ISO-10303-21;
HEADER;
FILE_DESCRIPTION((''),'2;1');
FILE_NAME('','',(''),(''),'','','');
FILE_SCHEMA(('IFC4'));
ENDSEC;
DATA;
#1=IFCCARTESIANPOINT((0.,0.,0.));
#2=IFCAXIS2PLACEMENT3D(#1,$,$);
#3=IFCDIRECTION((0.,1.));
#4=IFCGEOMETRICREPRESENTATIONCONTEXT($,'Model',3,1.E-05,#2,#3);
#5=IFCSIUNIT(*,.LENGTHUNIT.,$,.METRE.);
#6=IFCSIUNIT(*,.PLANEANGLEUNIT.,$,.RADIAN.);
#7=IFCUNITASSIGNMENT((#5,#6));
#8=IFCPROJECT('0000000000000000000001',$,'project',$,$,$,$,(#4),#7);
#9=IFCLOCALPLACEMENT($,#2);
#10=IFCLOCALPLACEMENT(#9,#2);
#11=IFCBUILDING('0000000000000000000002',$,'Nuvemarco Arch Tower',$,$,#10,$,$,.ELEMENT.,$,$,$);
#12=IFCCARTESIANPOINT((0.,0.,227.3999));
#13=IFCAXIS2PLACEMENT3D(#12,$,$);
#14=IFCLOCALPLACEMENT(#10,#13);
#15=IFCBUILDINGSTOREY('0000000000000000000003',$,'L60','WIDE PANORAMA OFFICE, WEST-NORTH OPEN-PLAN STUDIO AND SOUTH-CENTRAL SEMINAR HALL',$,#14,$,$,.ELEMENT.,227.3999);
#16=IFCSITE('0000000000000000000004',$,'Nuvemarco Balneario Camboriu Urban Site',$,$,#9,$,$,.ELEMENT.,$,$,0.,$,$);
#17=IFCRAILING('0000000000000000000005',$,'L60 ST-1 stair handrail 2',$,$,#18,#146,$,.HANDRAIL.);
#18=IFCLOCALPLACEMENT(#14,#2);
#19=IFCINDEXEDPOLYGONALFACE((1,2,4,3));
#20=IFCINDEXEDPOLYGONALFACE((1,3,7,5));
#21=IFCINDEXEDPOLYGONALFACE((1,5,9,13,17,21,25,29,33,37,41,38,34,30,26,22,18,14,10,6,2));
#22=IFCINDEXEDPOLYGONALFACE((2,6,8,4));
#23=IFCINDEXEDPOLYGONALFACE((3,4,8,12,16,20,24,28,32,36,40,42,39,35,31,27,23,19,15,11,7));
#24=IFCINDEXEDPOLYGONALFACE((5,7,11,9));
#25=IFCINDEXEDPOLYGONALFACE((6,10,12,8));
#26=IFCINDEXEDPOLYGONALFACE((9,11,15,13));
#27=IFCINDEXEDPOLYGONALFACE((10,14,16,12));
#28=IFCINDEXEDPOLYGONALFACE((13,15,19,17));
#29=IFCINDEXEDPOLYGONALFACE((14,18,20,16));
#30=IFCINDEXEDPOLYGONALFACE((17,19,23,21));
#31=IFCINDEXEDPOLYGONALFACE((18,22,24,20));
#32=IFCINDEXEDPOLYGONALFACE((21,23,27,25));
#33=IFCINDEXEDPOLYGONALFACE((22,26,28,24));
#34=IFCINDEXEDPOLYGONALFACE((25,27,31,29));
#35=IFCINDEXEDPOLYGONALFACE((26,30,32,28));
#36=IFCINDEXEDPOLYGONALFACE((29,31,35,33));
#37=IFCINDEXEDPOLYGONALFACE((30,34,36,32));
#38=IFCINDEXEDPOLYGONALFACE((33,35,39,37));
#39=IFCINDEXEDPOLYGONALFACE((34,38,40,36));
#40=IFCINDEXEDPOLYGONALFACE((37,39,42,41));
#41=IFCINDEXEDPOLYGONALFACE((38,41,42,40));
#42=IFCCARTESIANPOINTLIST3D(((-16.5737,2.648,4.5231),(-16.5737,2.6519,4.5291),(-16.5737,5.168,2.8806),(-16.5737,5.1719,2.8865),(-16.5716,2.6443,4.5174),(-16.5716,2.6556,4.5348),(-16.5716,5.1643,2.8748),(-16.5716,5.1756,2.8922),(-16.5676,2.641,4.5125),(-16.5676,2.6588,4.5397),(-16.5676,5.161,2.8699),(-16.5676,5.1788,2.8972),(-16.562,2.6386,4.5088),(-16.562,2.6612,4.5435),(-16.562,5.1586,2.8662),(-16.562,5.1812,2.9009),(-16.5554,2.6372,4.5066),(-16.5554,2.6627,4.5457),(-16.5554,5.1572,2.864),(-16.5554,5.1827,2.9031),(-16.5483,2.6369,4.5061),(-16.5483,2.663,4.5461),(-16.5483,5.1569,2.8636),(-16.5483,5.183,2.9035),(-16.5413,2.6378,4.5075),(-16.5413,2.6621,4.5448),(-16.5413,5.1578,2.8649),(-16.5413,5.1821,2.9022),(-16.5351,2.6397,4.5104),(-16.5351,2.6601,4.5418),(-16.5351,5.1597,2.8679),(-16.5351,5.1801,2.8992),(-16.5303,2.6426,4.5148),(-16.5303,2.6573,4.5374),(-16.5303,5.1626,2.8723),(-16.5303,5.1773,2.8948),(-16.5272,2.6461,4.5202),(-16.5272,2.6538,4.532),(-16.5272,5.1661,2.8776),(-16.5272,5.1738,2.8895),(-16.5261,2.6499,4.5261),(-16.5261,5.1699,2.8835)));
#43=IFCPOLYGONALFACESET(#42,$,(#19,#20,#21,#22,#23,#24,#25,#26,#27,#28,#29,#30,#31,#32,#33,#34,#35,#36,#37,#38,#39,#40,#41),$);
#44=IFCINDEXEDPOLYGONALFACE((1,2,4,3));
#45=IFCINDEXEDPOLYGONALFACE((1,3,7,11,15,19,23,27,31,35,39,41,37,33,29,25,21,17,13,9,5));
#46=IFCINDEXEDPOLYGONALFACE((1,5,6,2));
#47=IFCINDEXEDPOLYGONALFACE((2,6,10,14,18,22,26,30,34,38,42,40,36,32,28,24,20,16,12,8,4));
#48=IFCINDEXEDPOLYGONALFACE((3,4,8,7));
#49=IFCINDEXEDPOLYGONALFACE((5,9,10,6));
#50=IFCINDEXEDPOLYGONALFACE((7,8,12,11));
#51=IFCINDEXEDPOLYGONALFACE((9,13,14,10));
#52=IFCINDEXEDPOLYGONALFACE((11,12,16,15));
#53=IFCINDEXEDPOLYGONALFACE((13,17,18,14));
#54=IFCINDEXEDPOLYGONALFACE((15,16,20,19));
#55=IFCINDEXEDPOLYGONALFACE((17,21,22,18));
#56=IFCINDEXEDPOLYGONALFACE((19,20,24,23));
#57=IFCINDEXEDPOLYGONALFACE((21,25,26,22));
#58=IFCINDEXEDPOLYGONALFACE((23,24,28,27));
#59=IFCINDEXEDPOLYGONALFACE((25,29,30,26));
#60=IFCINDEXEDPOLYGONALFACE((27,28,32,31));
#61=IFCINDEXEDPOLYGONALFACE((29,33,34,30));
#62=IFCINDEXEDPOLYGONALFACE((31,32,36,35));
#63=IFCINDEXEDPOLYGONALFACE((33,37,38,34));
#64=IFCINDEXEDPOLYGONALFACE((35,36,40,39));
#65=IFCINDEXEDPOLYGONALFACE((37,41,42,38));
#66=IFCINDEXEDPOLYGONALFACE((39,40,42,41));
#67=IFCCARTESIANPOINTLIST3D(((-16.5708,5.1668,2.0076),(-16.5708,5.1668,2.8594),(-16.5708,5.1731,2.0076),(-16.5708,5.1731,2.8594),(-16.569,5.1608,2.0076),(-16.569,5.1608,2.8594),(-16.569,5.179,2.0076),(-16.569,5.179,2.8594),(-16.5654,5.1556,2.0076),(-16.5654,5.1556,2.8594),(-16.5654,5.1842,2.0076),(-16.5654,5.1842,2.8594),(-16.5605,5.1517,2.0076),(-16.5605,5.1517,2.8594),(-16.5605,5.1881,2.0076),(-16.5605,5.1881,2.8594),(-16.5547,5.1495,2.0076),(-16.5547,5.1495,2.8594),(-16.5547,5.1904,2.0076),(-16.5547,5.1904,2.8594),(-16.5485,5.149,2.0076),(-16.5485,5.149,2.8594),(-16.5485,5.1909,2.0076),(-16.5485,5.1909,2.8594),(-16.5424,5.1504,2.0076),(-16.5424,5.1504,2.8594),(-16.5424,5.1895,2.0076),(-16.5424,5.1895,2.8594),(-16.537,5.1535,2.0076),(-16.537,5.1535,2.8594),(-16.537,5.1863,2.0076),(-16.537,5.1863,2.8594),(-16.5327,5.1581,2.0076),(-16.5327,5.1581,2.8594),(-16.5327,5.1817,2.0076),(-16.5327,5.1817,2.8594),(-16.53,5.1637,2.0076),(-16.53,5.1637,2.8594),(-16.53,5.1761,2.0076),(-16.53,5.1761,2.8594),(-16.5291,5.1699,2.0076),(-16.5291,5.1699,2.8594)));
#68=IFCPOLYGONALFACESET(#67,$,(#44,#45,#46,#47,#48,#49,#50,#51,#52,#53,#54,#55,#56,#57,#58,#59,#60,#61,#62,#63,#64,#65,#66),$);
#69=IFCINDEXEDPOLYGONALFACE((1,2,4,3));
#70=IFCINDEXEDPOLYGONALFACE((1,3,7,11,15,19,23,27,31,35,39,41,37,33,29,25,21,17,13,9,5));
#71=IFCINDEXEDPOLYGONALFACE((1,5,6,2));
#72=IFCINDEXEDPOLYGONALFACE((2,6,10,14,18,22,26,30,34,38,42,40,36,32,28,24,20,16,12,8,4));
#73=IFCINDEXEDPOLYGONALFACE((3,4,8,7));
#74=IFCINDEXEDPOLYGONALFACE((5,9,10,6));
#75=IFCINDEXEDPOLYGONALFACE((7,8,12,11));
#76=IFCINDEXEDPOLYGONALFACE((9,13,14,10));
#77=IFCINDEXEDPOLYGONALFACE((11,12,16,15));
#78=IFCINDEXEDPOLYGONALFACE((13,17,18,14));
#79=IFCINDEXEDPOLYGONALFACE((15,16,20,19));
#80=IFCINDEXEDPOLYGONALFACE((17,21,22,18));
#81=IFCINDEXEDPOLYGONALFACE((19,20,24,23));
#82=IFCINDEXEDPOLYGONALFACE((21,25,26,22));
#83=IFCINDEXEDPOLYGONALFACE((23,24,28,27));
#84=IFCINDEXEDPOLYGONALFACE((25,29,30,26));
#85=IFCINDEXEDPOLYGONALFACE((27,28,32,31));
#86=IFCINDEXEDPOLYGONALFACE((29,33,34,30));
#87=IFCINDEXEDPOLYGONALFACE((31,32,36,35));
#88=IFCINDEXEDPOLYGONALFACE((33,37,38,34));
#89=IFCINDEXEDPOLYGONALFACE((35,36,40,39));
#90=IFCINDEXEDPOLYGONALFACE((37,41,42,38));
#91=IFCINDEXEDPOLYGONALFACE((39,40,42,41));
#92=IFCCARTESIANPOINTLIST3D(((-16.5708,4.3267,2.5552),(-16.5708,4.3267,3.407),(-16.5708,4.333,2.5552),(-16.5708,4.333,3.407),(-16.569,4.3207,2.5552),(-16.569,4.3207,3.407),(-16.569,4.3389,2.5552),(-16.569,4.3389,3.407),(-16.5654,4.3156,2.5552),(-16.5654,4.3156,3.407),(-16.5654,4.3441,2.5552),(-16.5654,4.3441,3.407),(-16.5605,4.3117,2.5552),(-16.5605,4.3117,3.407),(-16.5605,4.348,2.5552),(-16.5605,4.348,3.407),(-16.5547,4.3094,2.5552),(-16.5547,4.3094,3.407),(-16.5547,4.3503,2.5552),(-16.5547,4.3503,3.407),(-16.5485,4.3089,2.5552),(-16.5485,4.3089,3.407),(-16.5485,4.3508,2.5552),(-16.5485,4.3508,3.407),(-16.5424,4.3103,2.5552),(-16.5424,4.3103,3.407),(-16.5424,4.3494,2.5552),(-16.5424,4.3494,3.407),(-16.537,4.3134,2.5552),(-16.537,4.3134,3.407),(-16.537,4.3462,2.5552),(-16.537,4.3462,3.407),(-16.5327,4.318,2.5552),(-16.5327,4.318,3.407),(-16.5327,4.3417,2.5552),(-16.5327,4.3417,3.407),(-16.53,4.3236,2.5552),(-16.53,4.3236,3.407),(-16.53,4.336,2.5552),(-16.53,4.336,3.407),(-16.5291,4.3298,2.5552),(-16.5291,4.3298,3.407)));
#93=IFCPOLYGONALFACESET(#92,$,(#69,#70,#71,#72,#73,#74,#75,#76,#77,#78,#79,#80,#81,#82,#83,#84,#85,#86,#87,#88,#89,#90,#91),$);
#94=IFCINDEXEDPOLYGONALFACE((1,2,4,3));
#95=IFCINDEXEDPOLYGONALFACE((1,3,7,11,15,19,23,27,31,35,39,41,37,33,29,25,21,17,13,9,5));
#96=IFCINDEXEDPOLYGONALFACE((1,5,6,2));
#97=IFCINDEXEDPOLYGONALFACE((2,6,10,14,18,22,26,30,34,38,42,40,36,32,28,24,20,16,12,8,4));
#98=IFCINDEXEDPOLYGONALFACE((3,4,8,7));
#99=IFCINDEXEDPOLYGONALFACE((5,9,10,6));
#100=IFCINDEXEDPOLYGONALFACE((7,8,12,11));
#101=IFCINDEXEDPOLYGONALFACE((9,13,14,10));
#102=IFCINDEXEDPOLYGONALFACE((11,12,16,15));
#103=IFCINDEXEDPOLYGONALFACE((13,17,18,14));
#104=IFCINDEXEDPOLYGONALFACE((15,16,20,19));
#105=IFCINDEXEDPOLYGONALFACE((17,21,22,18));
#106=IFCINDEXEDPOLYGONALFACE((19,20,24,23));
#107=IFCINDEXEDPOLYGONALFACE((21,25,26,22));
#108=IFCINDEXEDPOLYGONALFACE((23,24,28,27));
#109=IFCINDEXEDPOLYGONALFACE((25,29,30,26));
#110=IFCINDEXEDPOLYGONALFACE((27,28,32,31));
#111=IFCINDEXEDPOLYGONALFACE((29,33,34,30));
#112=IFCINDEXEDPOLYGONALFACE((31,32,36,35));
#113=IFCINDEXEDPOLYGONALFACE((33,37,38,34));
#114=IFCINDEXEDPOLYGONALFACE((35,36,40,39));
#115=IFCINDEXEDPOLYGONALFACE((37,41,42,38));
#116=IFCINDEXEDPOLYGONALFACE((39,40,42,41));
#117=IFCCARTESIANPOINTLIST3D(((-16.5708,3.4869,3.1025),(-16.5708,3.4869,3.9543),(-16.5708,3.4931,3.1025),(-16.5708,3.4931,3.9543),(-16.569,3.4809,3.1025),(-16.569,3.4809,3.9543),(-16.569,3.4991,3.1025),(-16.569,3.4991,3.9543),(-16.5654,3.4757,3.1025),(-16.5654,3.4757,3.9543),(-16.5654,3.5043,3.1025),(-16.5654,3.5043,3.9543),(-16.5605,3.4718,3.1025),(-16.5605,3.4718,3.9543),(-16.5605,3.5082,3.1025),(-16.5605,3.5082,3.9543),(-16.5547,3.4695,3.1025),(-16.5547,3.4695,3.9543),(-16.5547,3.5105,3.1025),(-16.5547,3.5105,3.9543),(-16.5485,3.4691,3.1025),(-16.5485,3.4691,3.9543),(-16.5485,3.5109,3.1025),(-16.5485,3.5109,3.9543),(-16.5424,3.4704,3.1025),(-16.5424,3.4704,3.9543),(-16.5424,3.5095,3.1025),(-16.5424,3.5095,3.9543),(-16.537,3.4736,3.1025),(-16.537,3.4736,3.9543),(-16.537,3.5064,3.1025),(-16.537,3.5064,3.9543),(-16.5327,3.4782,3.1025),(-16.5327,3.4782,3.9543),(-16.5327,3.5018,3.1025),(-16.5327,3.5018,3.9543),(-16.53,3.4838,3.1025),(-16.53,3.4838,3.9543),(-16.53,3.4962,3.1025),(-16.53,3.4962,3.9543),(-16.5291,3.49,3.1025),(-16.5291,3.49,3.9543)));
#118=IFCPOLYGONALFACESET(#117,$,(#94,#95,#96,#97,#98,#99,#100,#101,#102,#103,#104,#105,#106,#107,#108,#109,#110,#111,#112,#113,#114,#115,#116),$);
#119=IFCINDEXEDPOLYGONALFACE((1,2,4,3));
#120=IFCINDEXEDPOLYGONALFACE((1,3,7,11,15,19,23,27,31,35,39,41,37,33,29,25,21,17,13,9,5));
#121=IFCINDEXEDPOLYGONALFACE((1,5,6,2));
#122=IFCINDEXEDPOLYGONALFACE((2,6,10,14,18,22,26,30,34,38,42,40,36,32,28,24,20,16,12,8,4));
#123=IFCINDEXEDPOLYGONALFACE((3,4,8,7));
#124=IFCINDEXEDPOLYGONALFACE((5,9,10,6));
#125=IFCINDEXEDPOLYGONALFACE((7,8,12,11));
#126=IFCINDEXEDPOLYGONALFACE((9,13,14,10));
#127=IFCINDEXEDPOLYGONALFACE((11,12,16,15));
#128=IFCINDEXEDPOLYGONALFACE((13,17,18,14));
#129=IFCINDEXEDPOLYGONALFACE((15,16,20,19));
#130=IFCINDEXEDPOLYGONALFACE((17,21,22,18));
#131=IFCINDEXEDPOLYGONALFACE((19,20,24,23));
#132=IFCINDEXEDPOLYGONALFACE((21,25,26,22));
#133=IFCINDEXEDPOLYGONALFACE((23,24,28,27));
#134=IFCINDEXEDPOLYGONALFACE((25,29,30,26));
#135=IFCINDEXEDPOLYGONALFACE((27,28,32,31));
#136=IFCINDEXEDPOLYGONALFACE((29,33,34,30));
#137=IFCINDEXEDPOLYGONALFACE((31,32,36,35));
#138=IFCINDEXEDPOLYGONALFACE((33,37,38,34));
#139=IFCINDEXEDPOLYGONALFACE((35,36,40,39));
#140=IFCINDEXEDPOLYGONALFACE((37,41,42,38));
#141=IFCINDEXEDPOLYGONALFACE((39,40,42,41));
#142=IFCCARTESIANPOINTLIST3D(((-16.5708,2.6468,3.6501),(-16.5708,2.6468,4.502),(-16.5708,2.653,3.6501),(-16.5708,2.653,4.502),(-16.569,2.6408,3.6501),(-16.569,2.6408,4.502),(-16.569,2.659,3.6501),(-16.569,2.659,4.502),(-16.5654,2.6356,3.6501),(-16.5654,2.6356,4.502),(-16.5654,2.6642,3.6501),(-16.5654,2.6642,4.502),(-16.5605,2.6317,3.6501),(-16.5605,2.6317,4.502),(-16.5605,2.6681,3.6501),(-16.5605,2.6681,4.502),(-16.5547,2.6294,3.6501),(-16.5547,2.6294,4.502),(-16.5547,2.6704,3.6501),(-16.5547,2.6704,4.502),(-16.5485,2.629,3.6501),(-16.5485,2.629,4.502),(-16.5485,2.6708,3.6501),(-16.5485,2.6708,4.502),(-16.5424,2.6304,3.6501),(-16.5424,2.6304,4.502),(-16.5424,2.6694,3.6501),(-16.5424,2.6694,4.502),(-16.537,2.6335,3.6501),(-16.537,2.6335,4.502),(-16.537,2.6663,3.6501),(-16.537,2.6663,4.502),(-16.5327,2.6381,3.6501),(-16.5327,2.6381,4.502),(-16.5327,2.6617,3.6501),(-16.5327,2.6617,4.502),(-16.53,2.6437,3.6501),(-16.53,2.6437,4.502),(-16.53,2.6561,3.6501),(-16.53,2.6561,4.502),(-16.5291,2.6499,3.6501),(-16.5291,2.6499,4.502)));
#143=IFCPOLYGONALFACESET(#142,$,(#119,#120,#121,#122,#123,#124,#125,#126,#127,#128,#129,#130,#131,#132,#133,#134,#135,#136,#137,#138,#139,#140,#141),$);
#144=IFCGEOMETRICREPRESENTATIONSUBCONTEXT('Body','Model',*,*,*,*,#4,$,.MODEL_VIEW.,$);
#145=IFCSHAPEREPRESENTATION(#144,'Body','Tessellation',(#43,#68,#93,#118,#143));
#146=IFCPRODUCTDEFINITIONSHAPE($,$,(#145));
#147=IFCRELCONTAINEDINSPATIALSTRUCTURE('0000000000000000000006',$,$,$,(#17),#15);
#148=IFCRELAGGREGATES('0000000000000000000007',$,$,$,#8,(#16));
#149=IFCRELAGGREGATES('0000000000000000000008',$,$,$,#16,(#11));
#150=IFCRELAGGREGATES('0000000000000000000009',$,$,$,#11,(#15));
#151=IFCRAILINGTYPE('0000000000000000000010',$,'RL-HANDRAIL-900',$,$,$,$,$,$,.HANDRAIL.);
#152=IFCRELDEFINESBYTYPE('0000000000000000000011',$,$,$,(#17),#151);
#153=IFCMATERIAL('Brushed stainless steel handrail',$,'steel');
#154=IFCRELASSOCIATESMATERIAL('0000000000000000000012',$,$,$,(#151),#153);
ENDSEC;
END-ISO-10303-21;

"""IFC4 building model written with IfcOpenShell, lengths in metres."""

from ifc_helpers import new_model, si_unit, direction, frame, origin, origin_2d, place, context, subcontext, project, spatial, circle, extrude, material, type_object, element, save


model = new_model("IFC4")

# Units and contexts
model_context = context("Model", 3, precision=1e-05, world=origin(), true_north=direction((0.0, 1.0)))
body_context = subcontext(model_context, "Body", "Model", "MODEL_VIEW")
ifc_project = project(units=[si_unit("LENGTHUNIT", "METRE"), si_unit("PLANEANGLEUNIT", "RADIAN")], contexts=[model_context])

# Site, building, storey
site_placement = place(None, origin())
site = spatial("IfcSite", under=ifc_project, at=site_placement, Name="Nuvemarco Balneario Camboriu Urban Site", CompositionType="ELEMENT", RefElevation=0.0)
building_placement = place(site_placement, origin())
building = spatial("IfcBuilding", under=site, at=building_placement, Name="Nuvemarco Arch Tower", CompositionType="ELEMENT")
storey_placement = place(building_placement, frame((0.0, 0.0, 227.3999)))
storey = spatial("IfcBuildingStorey", under=building, at=storey_placement, Name="L60", Description="WIDE PANORAMA OFFICE, WEST-NORTH OPEN-PLAN STUDIO AND SOUTH-CENTRAL SEMINAR HALL", CompositionType="ELEMENT", Elevation=227.3999)

# Railing
ifc_material_1 = material(Name="Brushed stainless steel handrail", Category="steel")
railing_type_1 = type_object("IfcRailingType", Name="RL-HANDRAIL-900", PredefinedType="HANDRAIL", material=ifc_material_1)
railing_1_placement = place(storey_placement, frame((-16.55, 5.1699, 2.0076)))
element("IfcRailing", 1, at=railing_1_placement, inside=storey, type_object=railing_type_1, Name="L60 ST-1 stair handrail 2", PredefinedType="HANDRAIL", context=body_context, shape_type="SweptSolid", body=[
    extrude(circle(Radius=0.0239, at=origin_2d()), frame((0.0, 0.0, 0.876), z_axis=(0.0, -0.837749, 0.546055), x_axis=(1.0, 0.0, 0.0)), (0.0, 0.0, 1.0), 3.0081),
    extrude(circle(Radius=0.021, at=origin_2d()), origin(), (0.0, 0.0, 1.0), 0.8518),
    extrude(circle(Radius=0.021, at=origin_2d()), frame((0.0, -0.8401, 0.5476)), (0.0, 0.0, 1.0), 0.8518),
    extrude(circle(Radius=0.021, at=origin_2d()), frame((0.0, -1.6799, 1.095)), (0.0, 0.0, 1.0), 0.8518),
    extrude(circle(Radius=0.021, at=origin_2d()), frame((0.0, -2.52, 1.6426)), (0.0, 0.0, 1.0), 0.8518),
])

save(model, "model.ifc")
